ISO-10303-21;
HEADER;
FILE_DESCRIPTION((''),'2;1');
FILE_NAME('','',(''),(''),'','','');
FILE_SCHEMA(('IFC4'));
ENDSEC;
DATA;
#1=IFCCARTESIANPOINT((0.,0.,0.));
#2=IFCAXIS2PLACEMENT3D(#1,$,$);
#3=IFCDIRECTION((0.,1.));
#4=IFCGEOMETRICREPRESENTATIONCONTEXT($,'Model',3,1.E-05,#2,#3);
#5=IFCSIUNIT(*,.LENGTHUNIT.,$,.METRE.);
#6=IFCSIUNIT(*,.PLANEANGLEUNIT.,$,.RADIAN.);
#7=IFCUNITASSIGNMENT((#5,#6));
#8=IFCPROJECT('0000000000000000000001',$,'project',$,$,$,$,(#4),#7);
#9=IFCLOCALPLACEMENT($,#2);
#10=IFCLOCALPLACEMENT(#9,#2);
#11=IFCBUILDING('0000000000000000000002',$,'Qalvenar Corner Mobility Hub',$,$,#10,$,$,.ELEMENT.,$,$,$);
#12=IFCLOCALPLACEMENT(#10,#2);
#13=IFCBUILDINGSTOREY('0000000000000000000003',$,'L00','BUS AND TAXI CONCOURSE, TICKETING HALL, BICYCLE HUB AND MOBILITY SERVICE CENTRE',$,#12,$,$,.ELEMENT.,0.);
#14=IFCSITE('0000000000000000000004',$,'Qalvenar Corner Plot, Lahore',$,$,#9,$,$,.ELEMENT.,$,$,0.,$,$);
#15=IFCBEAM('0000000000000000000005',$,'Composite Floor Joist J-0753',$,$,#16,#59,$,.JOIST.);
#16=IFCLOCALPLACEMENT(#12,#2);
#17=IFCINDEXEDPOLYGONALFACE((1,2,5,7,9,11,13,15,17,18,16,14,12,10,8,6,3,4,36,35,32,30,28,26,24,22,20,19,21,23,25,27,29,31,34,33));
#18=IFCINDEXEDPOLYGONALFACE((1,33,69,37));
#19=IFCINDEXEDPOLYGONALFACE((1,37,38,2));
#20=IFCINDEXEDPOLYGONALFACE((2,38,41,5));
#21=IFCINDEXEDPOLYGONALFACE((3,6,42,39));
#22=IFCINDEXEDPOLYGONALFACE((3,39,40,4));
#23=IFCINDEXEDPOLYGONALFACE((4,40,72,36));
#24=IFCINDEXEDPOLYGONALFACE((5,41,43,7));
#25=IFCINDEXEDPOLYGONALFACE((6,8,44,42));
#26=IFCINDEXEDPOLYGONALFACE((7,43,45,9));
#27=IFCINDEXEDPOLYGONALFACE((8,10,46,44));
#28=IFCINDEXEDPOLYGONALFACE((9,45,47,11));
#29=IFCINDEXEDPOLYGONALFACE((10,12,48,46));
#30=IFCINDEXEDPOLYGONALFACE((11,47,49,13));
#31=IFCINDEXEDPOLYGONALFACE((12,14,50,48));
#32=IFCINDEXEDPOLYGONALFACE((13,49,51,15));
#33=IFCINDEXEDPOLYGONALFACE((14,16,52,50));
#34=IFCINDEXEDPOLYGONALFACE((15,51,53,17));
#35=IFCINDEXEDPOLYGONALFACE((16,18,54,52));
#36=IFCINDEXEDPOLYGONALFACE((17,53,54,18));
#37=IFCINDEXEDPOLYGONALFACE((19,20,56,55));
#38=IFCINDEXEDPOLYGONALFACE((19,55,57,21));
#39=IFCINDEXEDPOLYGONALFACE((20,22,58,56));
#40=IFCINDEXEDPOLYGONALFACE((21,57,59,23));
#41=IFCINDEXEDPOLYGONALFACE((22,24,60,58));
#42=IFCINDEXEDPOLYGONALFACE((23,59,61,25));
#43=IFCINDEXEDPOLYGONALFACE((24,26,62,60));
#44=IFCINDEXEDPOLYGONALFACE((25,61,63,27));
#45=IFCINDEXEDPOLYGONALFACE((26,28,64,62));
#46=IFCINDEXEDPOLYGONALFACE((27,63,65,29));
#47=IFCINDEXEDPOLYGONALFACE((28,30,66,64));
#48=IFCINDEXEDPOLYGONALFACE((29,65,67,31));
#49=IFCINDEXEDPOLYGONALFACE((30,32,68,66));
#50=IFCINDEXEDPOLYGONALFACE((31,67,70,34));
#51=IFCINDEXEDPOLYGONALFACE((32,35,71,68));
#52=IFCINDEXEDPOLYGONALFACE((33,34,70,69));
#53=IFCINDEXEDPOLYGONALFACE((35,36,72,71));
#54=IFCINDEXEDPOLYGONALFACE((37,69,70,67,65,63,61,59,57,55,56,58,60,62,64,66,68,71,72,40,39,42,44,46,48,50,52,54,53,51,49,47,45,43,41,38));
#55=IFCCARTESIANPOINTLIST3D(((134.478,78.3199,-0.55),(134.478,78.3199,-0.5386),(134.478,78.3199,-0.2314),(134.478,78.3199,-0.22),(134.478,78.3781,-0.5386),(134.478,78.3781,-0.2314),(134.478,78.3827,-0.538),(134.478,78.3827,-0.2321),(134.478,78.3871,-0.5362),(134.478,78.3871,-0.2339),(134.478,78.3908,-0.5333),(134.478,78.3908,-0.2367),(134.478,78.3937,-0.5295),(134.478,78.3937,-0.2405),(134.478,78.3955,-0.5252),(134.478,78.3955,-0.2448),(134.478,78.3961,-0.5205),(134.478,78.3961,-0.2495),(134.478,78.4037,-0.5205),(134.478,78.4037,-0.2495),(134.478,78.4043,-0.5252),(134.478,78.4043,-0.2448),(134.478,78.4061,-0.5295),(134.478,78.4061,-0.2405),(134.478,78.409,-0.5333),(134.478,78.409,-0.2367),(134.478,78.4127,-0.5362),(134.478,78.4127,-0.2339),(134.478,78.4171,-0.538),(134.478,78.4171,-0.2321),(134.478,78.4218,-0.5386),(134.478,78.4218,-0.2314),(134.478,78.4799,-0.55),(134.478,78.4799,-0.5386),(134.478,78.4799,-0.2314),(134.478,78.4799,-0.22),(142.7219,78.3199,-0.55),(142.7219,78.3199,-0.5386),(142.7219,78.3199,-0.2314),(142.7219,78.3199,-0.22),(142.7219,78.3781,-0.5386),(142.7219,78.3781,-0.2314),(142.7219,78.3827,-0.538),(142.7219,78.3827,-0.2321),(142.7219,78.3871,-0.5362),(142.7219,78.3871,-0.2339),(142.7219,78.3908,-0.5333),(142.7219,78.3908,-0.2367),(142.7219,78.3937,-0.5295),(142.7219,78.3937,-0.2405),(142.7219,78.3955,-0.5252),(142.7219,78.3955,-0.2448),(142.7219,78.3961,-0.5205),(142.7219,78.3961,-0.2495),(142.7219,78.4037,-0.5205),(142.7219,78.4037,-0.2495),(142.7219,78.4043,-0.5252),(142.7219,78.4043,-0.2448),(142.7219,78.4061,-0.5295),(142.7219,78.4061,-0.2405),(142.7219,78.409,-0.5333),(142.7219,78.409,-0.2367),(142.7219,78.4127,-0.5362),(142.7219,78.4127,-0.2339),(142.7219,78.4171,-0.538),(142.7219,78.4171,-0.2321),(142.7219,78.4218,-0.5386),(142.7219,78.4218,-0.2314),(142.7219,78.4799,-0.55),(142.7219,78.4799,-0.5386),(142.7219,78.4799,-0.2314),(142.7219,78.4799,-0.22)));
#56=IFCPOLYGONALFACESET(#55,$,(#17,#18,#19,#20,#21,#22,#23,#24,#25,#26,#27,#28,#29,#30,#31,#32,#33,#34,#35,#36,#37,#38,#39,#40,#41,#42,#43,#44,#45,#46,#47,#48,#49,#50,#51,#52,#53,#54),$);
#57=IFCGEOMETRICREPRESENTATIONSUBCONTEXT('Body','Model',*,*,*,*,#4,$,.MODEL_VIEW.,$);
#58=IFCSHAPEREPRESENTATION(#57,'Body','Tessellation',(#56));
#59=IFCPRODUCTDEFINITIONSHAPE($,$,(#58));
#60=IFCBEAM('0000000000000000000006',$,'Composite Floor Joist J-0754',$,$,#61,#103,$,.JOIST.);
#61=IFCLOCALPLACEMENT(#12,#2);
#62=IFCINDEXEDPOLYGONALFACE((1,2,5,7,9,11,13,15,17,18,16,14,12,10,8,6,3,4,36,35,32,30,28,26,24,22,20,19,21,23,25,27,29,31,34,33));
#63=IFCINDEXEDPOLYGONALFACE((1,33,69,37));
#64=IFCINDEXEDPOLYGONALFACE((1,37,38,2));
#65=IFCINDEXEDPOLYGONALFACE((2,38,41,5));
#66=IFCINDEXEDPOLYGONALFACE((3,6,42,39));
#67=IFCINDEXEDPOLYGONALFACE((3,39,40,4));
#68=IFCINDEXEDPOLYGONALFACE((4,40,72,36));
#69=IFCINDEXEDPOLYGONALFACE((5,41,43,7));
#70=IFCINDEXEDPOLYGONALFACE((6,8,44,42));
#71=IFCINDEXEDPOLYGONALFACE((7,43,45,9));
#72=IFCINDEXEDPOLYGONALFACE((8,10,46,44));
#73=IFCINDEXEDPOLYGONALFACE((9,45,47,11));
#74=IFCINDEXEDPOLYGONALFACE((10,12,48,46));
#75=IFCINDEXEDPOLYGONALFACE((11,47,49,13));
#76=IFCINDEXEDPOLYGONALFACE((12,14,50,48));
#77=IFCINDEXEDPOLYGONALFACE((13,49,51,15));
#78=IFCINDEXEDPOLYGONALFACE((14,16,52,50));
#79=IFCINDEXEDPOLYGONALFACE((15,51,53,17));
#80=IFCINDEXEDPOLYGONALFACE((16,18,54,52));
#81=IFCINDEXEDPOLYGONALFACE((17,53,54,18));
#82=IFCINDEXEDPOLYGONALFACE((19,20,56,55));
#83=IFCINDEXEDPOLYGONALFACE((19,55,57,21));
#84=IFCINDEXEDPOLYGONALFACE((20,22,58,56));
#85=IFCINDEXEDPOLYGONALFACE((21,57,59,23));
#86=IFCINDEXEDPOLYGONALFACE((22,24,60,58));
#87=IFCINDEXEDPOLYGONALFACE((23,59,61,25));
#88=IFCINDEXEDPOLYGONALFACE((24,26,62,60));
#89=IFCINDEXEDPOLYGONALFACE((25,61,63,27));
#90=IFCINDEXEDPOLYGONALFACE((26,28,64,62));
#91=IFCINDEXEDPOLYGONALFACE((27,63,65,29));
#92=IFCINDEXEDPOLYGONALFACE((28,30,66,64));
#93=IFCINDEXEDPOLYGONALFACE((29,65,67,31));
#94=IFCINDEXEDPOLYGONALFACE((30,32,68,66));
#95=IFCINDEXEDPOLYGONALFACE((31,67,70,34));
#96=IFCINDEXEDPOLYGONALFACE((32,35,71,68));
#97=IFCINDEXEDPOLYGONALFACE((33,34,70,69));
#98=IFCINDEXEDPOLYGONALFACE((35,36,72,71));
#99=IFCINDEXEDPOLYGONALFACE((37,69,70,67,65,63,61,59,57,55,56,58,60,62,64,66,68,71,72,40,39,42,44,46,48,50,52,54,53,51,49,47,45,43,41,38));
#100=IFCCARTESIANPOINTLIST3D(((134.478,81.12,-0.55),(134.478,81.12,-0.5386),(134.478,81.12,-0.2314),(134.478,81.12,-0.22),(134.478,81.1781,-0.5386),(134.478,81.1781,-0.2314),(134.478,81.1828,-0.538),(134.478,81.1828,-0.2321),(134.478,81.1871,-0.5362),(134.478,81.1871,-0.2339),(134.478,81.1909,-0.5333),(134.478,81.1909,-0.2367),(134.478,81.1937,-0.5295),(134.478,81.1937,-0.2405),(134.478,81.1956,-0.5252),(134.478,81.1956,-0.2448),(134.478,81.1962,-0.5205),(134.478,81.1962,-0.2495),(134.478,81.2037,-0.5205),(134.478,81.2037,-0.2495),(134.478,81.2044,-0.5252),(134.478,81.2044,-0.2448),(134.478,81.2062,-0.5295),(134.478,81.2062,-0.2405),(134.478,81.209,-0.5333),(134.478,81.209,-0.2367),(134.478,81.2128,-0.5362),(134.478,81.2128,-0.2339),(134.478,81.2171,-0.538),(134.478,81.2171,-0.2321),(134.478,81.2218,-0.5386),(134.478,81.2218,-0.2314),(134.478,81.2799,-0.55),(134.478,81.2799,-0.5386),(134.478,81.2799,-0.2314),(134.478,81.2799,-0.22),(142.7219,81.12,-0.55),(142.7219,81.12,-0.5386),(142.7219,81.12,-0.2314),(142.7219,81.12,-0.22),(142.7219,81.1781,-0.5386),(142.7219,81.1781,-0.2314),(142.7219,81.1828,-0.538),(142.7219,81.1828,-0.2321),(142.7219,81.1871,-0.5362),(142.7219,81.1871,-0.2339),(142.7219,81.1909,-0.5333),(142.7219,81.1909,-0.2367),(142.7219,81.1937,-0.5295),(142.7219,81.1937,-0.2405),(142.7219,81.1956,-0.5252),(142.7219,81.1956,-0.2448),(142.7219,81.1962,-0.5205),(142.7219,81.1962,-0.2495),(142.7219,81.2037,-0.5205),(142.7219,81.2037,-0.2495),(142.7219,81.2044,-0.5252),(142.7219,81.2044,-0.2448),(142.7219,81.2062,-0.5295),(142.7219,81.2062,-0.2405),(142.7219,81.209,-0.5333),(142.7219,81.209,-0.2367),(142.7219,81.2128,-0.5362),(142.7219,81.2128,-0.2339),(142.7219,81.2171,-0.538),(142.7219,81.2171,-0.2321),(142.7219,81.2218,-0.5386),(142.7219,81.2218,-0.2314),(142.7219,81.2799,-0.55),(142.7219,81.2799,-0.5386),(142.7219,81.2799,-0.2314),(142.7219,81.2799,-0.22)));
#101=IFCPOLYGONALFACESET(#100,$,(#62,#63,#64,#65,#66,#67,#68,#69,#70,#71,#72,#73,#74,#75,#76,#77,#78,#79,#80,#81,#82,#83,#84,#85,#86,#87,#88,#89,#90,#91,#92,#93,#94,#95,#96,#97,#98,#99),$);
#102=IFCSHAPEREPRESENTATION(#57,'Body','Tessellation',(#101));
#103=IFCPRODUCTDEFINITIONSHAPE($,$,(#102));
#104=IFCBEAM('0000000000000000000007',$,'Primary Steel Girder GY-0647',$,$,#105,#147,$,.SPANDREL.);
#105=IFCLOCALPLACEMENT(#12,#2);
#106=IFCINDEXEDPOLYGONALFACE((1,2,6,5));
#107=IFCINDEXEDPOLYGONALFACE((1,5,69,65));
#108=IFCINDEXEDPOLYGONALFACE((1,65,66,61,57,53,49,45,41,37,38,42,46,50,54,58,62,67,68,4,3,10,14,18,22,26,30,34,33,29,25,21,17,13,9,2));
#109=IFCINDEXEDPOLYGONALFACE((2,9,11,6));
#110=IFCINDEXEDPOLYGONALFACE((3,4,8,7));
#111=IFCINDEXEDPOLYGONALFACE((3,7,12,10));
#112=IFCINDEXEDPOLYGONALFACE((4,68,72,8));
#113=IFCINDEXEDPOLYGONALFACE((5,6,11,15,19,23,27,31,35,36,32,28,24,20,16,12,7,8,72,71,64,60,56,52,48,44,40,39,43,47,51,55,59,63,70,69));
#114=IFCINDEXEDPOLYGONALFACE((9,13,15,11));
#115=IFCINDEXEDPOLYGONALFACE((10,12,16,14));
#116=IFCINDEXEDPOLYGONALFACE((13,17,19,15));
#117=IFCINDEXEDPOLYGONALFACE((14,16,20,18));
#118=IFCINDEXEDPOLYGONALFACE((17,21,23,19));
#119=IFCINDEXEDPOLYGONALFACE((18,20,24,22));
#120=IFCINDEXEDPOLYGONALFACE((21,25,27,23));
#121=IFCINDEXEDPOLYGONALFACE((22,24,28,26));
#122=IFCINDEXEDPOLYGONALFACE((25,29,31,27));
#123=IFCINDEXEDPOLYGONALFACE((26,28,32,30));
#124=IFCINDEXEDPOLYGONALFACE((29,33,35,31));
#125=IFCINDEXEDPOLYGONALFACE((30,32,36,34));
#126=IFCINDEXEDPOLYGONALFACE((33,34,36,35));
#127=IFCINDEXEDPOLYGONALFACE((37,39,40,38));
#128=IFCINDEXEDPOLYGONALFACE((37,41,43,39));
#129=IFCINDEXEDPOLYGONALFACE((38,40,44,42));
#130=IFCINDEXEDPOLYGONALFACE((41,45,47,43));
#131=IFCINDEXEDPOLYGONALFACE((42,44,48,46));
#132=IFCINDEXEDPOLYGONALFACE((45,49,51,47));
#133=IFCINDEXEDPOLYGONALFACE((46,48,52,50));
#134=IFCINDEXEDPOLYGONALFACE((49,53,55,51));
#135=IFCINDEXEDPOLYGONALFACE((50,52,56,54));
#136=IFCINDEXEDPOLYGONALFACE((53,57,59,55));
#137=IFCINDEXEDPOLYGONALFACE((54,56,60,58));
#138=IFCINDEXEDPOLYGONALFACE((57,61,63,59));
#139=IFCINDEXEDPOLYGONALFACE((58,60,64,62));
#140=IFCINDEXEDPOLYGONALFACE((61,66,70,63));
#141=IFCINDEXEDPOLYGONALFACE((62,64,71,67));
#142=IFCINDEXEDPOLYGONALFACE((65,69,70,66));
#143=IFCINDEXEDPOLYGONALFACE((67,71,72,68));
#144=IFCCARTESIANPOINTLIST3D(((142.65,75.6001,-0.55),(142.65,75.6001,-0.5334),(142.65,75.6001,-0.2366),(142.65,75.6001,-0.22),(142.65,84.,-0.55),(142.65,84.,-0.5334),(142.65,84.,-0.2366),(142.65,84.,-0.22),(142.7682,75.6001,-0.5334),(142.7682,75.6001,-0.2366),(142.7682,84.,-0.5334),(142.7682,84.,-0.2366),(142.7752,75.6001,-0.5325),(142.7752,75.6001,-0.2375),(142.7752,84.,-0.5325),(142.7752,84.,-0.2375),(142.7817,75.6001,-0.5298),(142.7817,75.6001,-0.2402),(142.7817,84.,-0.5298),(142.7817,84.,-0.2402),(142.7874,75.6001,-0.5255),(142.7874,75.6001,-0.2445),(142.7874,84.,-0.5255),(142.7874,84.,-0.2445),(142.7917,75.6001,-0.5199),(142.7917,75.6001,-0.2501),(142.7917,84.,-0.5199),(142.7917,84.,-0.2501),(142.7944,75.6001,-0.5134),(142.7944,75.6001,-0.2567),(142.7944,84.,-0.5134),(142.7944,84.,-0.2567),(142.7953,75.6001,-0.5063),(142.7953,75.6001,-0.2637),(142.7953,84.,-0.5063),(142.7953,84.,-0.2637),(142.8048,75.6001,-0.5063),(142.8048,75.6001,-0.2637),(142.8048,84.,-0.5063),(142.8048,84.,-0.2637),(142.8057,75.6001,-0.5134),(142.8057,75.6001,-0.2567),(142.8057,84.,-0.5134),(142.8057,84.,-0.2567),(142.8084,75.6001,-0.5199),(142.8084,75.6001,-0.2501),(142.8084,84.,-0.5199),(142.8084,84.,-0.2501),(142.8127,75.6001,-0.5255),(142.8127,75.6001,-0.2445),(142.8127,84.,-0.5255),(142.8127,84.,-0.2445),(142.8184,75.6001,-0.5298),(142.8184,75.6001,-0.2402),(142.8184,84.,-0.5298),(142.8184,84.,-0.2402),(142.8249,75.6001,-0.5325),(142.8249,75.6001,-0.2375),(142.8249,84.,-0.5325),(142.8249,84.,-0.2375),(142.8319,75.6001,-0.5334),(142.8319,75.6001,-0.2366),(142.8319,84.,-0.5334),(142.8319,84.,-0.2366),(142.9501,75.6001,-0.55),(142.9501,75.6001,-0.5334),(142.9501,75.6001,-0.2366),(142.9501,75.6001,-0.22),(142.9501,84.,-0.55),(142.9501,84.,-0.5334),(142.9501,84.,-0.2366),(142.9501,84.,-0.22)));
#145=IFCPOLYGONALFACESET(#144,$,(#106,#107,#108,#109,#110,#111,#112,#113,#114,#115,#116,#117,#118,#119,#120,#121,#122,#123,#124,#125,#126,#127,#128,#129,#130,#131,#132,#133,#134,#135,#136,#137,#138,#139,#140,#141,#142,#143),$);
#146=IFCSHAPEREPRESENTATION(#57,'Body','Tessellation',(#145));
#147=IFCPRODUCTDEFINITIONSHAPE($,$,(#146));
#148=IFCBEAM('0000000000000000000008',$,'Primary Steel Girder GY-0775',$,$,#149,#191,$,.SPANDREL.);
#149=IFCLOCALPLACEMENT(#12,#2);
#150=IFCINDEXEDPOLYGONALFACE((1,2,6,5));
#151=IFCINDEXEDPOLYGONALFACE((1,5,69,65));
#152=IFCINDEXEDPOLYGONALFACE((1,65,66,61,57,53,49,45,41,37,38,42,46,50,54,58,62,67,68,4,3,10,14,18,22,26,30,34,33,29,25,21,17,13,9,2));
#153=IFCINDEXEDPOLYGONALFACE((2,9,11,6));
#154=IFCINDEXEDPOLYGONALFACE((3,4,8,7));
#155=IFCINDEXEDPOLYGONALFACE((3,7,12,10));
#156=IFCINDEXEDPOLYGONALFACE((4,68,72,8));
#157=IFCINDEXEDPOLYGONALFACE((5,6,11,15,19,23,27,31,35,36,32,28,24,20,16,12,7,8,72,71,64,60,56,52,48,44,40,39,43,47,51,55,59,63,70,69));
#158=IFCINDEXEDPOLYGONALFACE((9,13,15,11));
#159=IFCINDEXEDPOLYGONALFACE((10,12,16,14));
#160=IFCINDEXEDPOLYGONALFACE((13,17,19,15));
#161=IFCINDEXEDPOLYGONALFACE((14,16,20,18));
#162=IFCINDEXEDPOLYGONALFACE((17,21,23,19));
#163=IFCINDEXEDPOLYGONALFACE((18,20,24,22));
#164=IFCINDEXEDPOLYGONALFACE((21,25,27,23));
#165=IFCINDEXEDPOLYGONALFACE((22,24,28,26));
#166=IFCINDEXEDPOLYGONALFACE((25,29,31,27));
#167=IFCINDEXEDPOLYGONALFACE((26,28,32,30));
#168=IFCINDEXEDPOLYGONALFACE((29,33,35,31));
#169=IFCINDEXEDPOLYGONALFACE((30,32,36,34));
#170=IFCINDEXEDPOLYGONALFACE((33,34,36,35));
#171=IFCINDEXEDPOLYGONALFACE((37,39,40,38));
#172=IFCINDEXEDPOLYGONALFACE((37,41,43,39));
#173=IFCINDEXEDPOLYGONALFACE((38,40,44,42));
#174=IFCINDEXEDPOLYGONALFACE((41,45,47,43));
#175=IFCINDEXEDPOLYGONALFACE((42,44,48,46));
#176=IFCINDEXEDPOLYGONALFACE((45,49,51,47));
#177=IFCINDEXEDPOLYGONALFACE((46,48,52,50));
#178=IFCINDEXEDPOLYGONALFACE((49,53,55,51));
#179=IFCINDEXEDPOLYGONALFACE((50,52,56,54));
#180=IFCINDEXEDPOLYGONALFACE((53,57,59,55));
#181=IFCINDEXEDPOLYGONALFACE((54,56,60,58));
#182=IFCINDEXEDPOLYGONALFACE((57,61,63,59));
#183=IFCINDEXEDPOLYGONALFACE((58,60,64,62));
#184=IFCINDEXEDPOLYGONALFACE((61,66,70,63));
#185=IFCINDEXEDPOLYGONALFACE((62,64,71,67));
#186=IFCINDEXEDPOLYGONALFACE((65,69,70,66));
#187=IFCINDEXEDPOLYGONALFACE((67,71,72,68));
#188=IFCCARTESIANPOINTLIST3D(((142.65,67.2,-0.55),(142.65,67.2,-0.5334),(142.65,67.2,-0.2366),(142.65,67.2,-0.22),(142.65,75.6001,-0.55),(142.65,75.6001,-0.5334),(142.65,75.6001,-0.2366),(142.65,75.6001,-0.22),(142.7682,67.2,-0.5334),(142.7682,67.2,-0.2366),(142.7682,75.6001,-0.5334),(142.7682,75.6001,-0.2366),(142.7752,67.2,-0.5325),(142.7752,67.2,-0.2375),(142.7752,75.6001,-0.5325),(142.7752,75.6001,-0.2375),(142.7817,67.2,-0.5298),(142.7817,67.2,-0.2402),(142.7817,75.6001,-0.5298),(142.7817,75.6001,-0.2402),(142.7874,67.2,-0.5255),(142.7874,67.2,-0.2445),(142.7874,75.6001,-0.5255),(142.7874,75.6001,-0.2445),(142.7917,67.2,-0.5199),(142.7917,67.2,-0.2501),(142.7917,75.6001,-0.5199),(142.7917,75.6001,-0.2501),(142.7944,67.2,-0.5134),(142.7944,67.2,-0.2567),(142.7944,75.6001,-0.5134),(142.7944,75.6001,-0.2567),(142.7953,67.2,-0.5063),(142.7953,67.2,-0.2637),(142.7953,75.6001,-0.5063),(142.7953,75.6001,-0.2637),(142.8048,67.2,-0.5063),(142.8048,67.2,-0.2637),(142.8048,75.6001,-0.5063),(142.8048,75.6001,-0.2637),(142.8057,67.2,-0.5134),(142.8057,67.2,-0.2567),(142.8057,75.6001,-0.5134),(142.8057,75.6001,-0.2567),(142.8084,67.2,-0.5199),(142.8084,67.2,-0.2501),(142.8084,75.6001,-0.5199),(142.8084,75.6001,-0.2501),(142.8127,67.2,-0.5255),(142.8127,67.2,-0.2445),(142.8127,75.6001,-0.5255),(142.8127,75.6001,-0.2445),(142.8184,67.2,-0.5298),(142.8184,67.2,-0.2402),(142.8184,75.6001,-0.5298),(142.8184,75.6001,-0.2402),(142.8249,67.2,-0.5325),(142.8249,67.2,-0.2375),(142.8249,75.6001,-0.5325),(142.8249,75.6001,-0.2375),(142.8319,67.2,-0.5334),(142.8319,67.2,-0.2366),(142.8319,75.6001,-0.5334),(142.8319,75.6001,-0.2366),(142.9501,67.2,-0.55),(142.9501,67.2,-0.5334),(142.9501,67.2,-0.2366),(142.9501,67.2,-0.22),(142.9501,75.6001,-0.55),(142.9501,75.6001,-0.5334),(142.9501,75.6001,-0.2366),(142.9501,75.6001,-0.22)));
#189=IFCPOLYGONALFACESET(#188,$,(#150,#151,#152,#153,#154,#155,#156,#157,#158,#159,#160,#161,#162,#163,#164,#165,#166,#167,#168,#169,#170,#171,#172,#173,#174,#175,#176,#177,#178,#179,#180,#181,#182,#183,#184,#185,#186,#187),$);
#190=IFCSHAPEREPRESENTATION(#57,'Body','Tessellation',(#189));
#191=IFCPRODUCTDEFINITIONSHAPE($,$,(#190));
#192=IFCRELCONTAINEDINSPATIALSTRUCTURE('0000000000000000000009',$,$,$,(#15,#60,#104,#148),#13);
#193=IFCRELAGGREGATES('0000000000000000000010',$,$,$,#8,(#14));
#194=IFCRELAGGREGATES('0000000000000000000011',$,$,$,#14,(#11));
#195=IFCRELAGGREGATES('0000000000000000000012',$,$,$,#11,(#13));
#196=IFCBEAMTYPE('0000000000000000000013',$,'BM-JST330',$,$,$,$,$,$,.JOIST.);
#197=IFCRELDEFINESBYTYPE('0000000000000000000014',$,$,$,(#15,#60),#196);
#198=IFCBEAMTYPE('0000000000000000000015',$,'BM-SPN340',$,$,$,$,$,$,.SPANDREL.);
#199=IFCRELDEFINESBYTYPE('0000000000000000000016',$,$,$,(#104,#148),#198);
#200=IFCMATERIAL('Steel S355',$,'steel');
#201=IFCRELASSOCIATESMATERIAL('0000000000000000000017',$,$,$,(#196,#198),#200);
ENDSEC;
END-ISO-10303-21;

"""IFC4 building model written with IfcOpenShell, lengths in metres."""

from ifc_helpers import new_model, si_unit, direction, frame, origin, origin_2d, place, context, subcontext, project, spatial, i_section, extrude, material, material_profile, profile_set, type_object, element, save


model = new_model("IFC4")

# Units and contexts
model_context = context("Model", 3, precision=1e-05, world=origin(), true_north=direction((0.0, 1.0)))
body_context = subcontext(model_context, "Body", "Model", "MODEL_VIEW")
ifc_project = project(units=[si_unit("LENGTHUNIT", "METRE"), si_unit("PLANEANGLEUNIT", "RADIAN")], contexts=[model_context])

# Site, building, storey
site_placement = place(None, origin())
site = spatial("IfcSite", under=ifc_project, at=site_placement, Name="Qalvenar Corner Plot, Lahore", CompositionType="ELEMENT", RefElevation=0.0)
building_placement = place(site_placement, origin())
building = spatial("IfcBuilding", under=site, at=building_placement, Name="Qalvenar Corner Mobility Hub", CompositionType="ELEMENT")
storey_placement = place(building_placement, origin())
storey = spatial("IfcBuildingStorey", under=building, at=storey_placement, Name="L00", Description="BUS AND TAXI CONCOURSE, TICKETING HALL, BICYCLE HUB AND MOBILITY SERVICE CENTRE", CompositionType="ELEMENT", Elevation=0.0)

# Shared definitions
ifc_material_1 = material(Name="Steel S355", Category="steel")

# Beams
ifc_material_profile_1 = material_profile(ifc_material_1, i_section(OverallWidth=0.1599, OverallDepth=0.3301, WebThickness=0.0076, FlangeThickness=0.0115, FilletRadius=0.0181, at=origin_2d()), Name="IPE330")
ifc_profile_set_1 = profile_set([ifc_material_profile_1], Name="Steel S355")
beam_type_1 = type_object("IfcBeamType", Name="BM-JST330", PredefinedType="JOIST", material=ifc_profile_set_1)
for number, where, z_axis, x_axis, name in (
    (1, (134.478, 78.3999, -0.385), (1.0, 0.0, 0.0), (0.0, 1.0, 0.0), "Composite Floor Joist J-0753"),
    (2, (134.478, 81.2, -0.385), (1.0, 0.0, 0.0), (0.0, 1.0, 0.0), "Composite Floor Joist J-0754"),
):
    element("IfcBeam", number, at=place(storey_placement, frame(where, z_axis=z_axis, x_axis=x_axis)), inside=storey, type_object=beam_type_1, Name=name, PredefinedType="JOIST", context=body_context, shape_type="SweptSolid", body=[
        extrude(i_section(OverallWidth=0.1599, OverallDepth=0.3301, WebThickness=0.0076, FlangeThickness=0.0115, FilletRadius=0.0181, at=origin_2d()), origin(), (0.0, 0.0, 1.0), 8.2439),
    ])
ifc_material_profile_2 = material_profile(ifc_material_1, i_section(OverallWidth=0.3, OverallDepth=0.3301, WebThickness=0.0095, FlangeThickness=0.0166, FilletRadius=0.0271, at=origin_2d()), Name="HEA340")
ifc_profile_set_2 = profile_set([ifc_material_profile_2], Name="Steel S355")
beam_type_2 = type_object("IfcBeamType", Name="BM-SPN340", PredefinedType="SPANDREL", material=ifc_profile_set_2)
beam_1_placement = place(storey_placement, frame((142.8, 75.6001, -0.385), z_axis=(0.0, 1.0, 0.0), x_axis=(-1.0, 0.0, 0.0)))
element("IfcBeam", 3, at=beam_1_placement, inside=storey, type_object=beam_type_2, Name="Primary Steel Girder GY-0647", PredefinedType="SPANDREL", context=body_context, shape_type="SweptSolid", body=[
    extrude(i_section(OverallWidth=0.3, OverallDepth=0.3301, WebThickness=0.0095, FlangeThickness=0.0166, FilletRadius=0.0271, at=origin_2d()), origin(), (0.0, 0.0, 1.0), 8.3999),
])
beam_2_placement = place(storey_placement, frame((142.8, 67.2, -0.385), z_axis=(0.0, 1.0, 0.0), x_axis=(-1.0, 0.0, 0.0)))
element("IfcBeam", 4, at=beam_2_placement, inside=storey, type_object=beam_type_2, Name="Primary Steel Girder GY-0775", PredefinedType="SPANDREL", context=body_context, shape_type="SweptSolid", body=[
    extrude(i_section(OverallWidth=0.3, OverallDepth=0.3301, WebThickness=0.0095, FlangeThickness=0.0166, FilletRadius=0.0271, at=origin_2d()), origin(), (0.0, 0.0, 1.0), 8.4001),
])

save(model, "model.ifc")
